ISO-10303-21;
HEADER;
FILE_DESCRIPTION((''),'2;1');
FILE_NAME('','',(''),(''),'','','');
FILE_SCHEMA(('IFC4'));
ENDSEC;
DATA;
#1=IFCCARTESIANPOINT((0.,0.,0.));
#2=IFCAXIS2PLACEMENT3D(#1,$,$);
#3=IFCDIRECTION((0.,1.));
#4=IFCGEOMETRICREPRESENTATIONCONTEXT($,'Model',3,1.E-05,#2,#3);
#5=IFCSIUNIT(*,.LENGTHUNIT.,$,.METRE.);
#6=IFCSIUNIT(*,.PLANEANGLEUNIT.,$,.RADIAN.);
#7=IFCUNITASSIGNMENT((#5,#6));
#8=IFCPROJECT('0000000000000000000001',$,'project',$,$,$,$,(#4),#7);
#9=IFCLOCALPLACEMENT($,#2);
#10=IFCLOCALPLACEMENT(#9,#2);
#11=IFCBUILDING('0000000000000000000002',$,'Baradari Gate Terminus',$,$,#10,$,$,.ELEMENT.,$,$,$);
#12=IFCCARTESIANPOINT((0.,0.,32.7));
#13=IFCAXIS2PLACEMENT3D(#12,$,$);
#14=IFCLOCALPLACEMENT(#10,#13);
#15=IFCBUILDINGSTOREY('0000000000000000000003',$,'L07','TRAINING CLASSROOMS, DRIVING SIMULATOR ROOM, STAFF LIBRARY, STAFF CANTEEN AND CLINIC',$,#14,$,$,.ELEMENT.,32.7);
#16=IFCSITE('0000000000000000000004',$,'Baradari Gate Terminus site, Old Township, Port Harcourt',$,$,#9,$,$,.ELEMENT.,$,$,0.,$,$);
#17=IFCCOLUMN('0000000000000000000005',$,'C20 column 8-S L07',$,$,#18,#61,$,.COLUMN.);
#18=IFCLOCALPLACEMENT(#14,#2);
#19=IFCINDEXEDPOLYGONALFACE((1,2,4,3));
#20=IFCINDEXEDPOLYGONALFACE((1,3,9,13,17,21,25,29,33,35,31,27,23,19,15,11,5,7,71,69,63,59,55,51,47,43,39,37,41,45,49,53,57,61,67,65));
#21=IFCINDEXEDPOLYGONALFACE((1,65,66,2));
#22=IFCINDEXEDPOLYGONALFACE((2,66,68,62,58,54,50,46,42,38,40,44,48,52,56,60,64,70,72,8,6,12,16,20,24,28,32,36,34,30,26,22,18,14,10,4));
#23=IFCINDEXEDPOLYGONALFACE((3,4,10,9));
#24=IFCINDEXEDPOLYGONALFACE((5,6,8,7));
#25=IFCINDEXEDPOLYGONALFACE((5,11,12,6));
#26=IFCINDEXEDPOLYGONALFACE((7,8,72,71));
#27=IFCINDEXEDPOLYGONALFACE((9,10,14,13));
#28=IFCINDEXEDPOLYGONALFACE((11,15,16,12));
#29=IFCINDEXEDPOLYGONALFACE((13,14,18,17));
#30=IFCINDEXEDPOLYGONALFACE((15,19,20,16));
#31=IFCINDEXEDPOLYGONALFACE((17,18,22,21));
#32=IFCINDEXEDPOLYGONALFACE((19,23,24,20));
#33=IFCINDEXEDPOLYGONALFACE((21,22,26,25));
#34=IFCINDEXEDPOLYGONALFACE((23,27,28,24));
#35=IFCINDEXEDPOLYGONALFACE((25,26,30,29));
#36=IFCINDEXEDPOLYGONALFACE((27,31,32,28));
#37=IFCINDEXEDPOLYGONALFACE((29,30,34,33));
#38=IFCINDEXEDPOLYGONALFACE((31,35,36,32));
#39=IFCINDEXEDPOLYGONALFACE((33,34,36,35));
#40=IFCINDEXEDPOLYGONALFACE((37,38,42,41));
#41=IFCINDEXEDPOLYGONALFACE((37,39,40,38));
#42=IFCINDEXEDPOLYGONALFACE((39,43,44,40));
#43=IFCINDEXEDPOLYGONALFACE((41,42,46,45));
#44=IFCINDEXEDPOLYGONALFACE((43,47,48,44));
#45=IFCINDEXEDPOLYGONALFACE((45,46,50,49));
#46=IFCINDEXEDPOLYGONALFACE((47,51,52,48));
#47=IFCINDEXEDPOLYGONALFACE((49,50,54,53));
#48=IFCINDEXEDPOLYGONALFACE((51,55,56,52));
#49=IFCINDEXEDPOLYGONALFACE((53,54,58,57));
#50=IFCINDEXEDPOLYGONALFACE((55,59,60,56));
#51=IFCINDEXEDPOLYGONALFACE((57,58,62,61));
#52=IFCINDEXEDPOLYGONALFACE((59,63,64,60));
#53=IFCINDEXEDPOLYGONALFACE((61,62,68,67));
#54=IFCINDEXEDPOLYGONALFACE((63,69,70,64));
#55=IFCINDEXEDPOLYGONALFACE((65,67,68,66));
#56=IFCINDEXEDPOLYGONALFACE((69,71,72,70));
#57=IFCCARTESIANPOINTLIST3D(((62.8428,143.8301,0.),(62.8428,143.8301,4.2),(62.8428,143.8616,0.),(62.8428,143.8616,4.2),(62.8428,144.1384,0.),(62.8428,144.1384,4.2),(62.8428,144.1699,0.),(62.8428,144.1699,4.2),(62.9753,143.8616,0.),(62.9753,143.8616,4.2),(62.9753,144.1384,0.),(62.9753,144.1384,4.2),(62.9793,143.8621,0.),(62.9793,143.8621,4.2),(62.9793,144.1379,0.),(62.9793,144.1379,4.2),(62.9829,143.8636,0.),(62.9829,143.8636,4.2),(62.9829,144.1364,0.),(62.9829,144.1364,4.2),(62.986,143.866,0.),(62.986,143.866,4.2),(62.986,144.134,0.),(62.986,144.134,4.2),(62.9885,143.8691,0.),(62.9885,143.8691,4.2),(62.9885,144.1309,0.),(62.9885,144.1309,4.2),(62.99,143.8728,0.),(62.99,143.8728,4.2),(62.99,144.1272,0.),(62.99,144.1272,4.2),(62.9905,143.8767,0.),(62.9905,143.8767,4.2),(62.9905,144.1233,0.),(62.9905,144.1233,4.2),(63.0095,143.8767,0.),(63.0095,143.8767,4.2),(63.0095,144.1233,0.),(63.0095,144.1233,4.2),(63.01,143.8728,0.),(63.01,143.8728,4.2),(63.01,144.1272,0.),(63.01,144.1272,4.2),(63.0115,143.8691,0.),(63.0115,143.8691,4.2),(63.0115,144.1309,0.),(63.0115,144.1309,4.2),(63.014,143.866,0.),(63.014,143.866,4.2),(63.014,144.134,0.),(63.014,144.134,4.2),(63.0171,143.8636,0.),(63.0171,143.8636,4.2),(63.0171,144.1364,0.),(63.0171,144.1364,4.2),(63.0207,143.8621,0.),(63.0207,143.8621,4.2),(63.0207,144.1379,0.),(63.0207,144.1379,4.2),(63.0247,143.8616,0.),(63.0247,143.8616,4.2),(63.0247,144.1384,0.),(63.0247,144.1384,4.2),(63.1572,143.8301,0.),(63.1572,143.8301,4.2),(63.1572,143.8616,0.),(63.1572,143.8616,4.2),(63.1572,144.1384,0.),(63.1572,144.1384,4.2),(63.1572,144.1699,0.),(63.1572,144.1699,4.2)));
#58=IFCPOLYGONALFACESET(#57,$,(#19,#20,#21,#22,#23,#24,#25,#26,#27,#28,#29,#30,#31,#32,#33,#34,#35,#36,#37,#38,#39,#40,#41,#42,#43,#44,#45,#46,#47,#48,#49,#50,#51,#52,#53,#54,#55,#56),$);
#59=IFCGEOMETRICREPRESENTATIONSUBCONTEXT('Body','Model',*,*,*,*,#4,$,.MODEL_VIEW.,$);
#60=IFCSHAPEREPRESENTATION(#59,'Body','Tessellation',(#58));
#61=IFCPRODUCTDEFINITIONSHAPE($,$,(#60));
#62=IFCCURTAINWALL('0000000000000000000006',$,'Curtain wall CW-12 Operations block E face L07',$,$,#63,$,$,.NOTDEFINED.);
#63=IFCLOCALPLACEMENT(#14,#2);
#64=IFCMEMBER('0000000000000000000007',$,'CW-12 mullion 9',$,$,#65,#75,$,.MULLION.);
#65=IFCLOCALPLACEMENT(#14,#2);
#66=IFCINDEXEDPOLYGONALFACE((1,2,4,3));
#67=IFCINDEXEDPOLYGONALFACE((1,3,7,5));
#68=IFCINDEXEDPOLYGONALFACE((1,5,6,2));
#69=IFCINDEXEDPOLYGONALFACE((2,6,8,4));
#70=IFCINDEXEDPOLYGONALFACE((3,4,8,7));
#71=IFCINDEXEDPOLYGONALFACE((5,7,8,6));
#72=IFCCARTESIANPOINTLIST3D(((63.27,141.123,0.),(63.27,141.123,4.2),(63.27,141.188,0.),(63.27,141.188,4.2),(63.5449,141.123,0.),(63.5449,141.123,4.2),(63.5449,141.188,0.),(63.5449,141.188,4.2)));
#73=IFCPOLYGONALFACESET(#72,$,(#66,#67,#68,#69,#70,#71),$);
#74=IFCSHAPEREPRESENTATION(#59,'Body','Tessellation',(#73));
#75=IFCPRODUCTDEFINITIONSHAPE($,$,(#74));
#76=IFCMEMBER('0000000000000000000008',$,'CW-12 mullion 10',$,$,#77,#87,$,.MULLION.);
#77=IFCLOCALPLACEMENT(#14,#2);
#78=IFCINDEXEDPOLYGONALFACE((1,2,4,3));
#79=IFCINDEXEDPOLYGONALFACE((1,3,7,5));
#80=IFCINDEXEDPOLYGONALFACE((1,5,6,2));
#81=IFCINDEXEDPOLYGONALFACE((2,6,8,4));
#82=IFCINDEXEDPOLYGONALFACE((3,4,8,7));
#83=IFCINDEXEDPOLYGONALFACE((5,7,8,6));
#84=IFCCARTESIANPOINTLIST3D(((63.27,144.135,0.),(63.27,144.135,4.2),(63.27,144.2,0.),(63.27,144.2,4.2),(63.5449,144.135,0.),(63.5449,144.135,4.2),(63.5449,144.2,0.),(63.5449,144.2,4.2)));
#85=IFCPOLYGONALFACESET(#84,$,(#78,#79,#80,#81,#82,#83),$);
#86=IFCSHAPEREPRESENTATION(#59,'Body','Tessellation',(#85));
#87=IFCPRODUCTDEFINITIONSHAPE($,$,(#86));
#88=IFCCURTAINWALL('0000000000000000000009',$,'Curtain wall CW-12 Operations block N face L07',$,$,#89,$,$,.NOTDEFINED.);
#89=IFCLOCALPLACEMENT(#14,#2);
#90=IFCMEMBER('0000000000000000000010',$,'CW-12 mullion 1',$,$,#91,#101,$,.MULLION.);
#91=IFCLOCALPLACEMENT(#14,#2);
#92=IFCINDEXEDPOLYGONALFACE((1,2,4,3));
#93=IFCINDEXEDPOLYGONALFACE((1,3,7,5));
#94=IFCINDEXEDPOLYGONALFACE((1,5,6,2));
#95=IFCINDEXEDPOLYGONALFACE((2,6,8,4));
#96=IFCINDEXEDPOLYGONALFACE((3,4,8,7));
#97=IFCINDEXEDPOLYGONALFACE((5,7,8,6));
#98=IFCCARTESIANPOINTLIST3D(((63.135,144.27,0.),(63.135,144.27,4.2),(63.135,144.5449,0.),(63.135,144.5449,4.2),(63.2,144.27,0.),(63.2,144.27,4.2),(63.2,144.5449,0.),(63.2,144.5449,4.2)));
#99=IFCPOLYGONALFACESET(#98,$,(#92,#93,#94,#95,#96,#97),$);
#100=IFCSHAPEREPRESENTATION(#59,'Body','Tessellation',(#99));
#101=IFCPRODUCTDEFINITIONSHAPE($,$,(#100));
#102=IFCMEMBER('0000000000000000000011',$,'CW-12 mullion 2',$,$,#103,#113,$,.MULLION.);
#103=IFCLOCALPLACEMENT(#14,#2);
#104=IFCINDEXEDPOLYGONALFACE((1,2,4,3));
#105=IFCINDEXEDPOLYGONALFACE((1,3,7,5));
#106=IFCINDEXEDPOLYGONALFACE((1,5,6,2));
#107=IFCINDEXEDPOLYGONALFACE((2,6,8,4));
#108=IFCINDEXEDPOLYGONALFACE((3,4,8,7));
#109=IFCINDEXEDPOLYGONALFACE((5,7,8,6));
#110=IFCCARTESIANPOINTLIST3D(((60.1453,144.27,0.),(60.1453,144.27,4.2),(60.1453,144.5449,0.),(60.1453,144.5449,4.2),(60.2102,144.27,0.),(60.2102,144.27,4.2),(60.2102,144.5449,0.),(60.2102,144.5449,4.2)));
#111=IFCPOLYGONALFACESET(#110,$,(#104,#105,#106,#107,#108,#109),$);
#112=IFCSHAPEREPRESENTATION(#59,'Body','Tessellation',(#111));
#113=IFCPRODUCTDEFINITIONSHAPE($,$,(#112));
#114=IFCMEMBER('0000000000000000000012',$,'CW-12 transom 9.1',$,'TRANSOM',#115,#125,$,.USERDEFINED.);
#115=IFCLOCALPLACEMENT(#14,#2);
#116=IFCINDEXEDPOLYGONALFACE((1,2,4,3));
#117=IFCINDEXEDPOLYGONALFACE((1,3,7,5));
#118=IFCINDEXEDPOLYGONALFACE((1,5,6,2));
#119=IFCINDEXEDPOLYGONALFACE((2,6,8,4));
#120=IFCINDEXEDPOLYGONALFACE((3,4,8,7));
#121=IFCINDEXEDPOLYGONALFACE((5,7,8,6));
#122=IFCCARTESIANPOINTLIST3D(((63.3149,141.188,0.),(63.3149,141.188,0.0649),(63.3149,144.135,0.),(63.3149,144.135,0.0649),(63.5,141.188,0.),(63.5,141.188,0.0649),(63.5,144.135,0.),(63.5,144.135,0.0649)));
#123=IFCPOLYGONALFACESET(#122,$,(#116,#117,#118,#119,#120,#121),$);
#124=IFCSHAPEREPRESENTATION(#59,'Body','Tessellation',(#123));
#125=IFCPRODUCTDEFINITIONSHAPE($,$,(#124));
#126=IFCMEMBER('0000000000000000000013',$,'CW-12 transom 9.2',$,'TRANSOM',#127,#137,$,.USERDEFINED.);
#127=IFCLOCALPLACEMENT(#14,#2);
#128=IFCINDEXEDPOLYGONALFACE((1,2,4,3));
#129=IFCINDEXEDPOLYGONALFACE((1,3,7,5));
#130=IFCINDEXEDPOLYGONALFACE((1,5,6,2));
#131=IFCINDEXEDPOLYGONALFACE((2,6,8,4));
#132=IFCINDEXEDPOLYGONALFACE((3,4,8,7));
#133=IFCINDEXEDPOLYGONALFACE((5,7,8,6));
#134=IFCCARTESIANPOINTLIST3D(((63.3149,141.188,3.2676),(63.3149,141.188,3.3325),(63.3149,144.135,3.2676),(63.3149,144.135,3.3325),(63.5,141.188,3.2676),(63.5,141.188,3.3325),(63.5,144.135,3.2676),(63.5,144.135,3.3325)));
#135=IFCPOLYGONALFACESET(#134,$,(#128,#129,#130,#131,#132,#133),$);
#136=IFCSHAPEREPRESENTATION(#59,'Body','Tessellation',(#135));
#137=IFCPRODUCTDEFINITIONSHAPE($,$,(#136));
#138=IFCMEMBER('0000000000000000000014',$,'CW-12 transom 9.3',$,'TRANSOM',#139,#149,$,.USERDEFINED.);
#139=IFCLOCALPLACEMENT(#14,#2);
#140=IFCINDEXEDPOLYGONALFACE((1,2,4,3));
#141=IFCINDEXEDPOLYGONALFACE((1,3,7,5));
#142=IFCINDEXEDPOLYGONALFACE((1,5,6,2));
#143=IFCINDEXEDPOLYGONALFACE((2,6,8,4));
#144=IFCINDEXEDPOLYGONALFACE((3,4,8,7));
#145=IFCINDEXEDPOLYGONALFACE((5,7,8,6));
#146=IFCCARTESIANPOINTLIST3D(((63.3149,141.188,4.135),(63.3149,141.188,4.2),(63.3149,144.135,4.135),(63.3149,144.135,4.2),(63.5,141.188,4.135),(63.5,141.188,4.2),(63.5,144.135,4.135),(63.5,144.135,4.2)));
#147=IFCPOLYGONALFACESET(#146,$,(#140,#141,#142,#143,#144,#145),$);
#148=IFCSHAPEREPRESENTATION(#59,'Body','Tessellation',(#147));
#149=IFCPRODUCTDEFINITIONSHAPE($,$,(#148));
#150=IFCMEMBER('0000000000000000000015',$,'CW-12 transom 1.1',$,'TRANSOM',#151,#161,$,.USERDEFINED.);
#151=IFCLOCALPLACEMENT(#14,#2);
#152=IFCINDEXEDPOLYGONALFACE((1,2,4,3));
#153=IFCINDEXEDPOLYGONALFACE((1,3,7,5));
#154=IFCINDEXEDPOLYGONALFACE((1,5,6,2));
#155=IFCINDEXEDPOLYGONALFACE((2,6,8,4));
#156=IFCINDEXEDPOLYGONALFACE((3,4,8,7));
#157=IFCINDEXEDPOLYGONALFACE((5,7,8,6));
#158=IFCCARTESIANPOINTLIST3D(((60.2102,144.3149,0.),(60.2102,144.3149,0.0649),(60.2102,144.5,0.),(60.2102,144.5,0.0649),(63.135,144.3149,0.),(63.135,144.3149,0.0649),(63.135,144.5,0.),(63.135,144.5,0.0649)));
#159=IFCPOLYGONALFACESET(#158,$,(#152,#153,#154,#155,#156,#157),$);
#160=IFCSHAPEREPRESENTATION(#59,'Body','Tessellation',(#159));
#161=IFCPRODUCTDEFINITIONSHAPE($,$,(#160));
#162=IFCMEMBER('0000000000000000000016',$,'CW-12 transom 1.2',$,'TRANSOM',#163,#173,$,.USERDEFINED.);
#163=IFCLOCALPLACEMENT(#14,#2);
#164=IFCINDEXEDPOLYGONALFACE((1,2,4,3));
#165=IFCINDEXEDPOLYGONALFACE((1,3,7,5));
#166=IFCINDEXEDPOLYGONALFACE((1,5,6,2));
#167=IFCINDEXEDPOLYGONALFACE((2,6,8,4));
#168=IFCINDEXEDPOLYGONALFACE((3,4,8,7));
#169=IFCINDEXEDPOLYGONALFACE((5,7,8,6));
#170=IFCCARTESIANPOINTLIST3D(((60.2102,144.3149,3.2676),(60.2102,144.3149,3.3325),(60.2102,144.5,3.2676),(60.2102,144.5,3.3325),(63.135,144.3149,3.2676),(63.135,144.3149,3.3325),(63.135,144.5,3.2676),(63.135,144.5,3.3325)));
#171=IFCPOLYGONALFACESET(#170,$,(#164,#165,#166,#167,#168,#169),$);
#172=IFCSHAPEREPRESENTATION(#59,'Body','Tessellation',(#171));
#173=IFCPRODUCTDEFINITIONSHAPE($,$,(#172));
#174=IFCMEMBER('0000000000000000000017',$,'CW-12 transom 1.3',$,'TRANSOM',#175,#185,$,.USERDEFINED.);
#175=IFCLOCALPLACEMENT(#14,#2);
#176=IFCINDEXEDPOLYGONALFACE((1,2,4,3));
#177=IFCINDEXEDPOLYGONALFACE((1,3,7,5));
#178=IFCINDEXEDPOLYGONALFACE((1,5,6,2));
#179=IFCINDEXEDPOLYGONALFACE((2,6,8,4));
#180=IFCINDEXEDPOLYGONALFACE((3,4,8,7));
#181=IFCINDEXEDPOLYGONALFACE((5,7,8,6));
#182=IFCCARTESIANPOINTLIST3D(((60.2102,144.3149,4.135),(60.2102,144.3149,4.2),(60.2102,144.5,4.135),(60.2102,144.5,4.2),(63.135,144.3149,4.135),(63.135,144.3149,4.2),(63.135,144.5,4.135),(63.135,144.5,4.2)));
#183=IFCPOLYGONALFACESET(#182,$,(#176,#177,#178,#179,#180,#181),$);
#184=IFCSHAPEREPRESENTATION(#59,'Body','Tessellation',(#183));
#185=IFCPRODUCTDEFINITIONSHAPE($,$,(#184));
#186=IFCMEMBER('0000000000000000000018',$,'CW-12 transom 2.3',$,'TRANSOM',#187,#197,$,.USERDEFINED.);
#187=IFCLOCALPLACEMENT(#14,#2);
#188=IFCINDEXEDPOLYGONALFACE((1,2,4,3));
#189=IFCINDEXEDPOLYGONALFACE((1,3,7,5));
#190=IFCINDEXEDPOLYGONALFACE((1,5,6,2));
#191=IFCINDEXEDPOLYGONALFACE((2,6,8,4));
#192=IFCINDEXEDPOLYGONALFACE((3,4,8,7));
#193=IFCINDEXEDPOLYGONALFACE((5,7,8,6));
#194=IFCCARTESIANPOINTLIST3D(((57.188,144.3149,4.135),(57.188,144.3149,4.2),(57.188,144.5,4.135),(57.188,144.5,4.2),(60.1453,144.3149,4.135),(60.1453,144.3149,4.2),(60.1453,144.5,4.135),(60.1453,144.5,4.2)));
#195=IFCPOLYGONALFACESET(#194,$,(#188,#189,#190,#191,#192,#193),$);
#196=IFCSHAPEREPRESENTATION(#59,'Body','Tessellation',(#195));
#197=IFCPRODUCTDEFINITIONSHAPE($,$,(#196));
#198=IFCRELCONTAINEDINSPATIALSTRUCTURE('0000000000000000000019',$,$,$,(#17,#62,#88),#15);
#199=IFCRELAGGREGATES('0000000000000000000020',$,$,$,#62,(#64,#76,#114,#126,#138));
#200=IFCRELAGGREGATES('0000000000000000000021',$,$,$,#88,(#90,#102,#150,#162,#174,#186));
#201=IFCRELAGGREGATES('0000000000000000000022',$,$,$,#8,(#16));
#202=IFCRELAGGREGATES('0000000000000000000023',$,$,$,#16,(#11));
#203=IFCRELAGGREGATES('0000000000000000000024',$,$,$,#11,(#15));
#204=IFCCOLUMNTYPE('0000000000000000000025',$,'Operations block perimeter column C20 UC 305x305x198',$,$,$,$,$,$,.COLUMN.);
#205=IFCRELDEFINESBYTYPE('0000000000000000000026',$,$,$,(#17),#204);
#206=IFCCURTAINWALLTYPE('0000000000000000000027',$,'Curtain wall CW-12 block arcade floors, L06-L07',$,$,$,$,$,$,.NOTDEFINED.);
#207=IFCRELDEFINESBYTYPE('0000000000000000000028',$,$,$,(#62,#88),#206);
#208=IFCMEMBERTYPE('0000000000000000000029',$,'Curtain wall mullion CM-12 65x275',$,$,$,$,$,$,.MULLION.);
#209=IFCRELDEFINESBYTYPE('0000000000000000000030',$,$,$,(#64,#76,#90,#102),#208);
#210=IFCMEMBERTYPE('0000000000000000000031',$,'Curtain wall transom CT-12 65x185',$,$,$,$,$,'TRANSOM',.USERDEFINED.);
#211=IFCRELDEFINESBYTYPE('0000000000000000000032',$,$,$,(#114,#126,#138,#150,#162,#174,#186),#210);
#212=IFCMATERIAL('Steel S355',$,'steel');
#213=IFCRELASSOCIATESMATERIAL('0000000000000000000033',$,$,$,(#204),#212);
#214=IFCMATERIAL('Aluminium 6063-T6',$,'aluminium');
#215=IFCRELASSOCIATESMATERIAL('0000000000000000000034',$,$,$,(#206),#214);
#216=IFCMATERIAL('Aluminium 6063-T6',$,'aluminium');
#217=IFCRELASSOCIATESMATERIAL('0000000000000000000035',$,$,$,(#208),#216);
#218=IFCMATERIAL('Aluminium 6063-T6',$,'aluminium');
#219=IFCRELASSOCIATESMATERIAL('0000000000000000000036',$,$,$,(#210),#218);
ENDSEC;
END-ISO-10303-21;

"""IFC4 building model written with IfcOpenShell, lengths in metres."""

from ifc_helpers import new_model, si_unit, direction, frame, origin, origin_2d, place, context, subcontext, project, spatial, rectangle, i_section, extrude, material, material_profile, profile_set, type_object, element, aggregate, save


model = new_model("IFC4")

# Units and contexts
model_context = context("Model", 3, precision=1e-05, world=origin(), true_north=direction((0.0, 1.0)))
body_context = subcontext(model_context, "Body", "Model", "MODEL_VIEW")
ifc_project = project(units=[si_unit("LENGTHUNIT", "METRE"), si_unit("PLANEANGLEUNIT", "RADIAN")], contexts=[model_context])

# Site, building, storey
site_placement = place(None, origin())
site = spatial("IfcSite", under=ifc_project, at=site_placement, Name="Baradari Gate Terminus site, Old Township, Port Harcourt", CompositionType="ELEMENT", RefElevation=0.0)
building_placement = place(site_placement, origin())
building = spatial("IfcBuilding", under=site, at=building_placement, Name="Baradari Gate Terminus", CompositionType="ELEMENT")
storey_placement = place(building_placement, frame((0.0, 0.0, 32.7)))
storey = spatial("IfcBuildingStorey", under=building, at=storey_placement, Name="L07", Description="TRAINING CLASSROOMS, DRIVING SIMULATOR ROOM, STAFF LIBRARY, STAFF CANTEEN AND CLINIC", CompositionType="ELEMENT", Elevation=32.7)

# Column
ifc_material_1 = material(Name="Steel S355", Category="steel")
ifc_material_profile_1 = material_profile(ifc_material_1, i_section(OverallWidth=0.3145, OverallDepth=0.3398, WebThickness=0.019, FlangeThickness=0.0315, FilletRadius=0.0151, at=origin_2d()), Name="UC 305x305x198")
ifc_profile_set_1 = profile_set([ifc_material_profile_1], Name="Steel S355")
column_type = type_object("IfcColumnType", Name="Operations block perimeter column C20 UC 305x305x198", PredefinedType="COLUMN", material=ifc_profile_set_1)
column_placement = place(storey_placement, frame((63.0, 144.0, 0.0), z_axis=(0.0, 0.0, 1.0), x_axis=(1.0, 0.0, 0.0)))
element("IfcColumn", 1, at=column_placement, inside=storey, type_object=column_type, Name="C20 column 8-S L07", PredefinedType="COLUMN", context=body_context, shape_type="SweptSolid", body=[
    extrude(i_section(OverallWidth=0.3145, OverallDepth=0.3398, WebThickness=0.019, FlangeThickness=0.0315, FilletRadius=0.0151, at=origin_2d()), origin(), (0.0, 0.0, 1.0), 4.2),
])

# Curtain walls, members
ifc_material_2 = material(Name="Aluminium 6063-T6", Category="aluminium")
curtain_wall_type = type_object("IfcCurtainWallType", Name="Curtain wall CW-12 block arcade floors, L06-L07", PredefinedType="NOTDEFINED", material=ifc_material_2)
curtain_wall_1_placement = place(storey_placement, origin())
curtain_wall_1 = element("IfcCurtainWall", 2, at=curtain_wall_1_placement, inside=storey, type_object=curtain_wall_type, Name="Curtain wall CW-12 Operations block E face L07", PredefinedType="NOTDEFINED")
ifc_material_3 = material(Name="Aluminium 6063-T6", Category="aluminium")
ifc_material_profile_2 = material_profile(ifc_material_3, rectangle(XDim=0.2749, YDim=0.0649, at=origin_2d()), Name="CM-12 65X275")
ifc_profile_set_2 = profile_set([ifc_material_profile_2], Name="Aluminium 6063-T6")
member_type_1 = type_object("IfcMemberType", Name="Curtain wall mullion CM-12 65x275", PredefinedType="MULLION", material=ifc_profile_set_2)
member_1_placement = place(storey_placement, frame((63.4075, 141.1555, 0.0), z_axis=(0.0, 0.0, 1.0), x_axis=(-1.0, 0.0, 0.0)))
member_1 = element("IfcMember", 3, at=member_1_placement, type_object=member_type_1, Name="CW-12 mullion 9", PredefinedType="MULLION", context=body_context, shape_type="SweptSolid", body=[
    extrude(rectangle(XDim=0.2749, YDim=0.0649, at=origin_2d()), origin(), (0.0, 0.0, 1.0), 4.2),
])
member_2_placement = place(storey_placement, frame((63.4075, 144.1675, 0.0), z_axis=(0.0, 0.0, 1.0), x_axis=(-1.0, 0.0, 0.0)))
member_2 = element("IfcMember", 4, at=member_2_placement, type_object=member_type_1, Name="CW-12 mullion 10", PredefinedType="MULLION", context=body_context, shape_type="SweptSolid", body=[
    extrude(rectangle(XDim=0.2749, YDim=0.0649, at=origin_2d()), origin(), (0.0, 0.0, 1.0), 4.2),
])
curtain_wall_2_placement = place(storey_placement, origin())
curtain_wall_2 = element("IfcCurtainWall", 5, at=curtain_wall_2_placement, inside=storey, type_object=curtain_wall_type, Name="Curtain wall CW-12 Operations block N face L07", PredefinedType="NOTDEFINED")
member_3_placement = place(storey_placement, frame((63.1675, 144.4075, 0.0), z_axis=(0.0, 0.0, 1.0), x_axis=(0.0, -1.0, 0.0)))
member_3 = element("IfcMember", 6, at=member_3_placement, type_object=member_type_1, Name="CW-12 mullion 1", PredefinedType="MULLION", context=body_context, shape_type="SweptSolid", body=[
    extrude(rectangle(XDim=0.2749, YDim=0.0649, at=origin_2d()), origin(), (0.0, 0.0, 1.0), 4.2),
])
member_4_placement = place(storey_placement, frame((60.1777, 144.4075, 0.0), z_axis=(0.0, 0.0, 1.0), x_axis=(0.0, -1.0, 0.0)))
member_4 = element("IfcMember", 7, at=member_4_placement, type_object=member_type_1, Name="CW-12 mullion 2", PredefinedType="MULLION", context=body_context, shape_type="SweptSolid", body=[
    extrude(rectangle(XDim=0.2749, YDim=0.0649, at=origin_2d()), origin(), (0.0, 0.0, 1.0), 4.2),
])

# Members
ifc_material_4 = material(Name="Aluminium 6063-T6", Category="aluminium")
ifc_material_profile_3 = material_profile(ifc_material_4, rectangle(XDim=0.1851, YDim=0.0649, at=origin_2d()), Name="CT-12 65X185")
ifc_profile_set_3 = profile_set([ifc_material_profile_3], Name="Aluminium 6063-T6")
member_type_2 = type_object("IfcMemberType", Name="Curtain wall transom CT-12 65x185", ElementType="TRANSOM", PredefinedType="USERDEFINED", material=ifc_profile_set_3)
member_5_placement = place(storey_placement, frame((63.4075, 141.188, 0.0325), z_axis=(0.0, 1.0, 0.0), x_axis=(-1.0, 0.0, 0.0)))
member_5 = element("IfcMember", 8, at=member_5_placement, type_object=member_type_2, Name="CW-12 transom 9.1", ObjectType="TRANSOM", PredefinedType="USERDEFINED", context=body_context, shape_type="SweptSolid", body=[
    extrude(rectangle(XDim=0.1851, YDim=0.0649, at=origin_2d()), origin(), (0.0, 0.0, 1.0), 2.947),
])
member_6_placement = place(storey_placement, frame((63.4075, 141.188, 3.3), z_axis=(0.0, 1.0, 0.0), x_axis=(-1.0, 0.0, 0.0)))
member_6 = element("IfcMember", 9, at=member_6_placement, type_object=member_type_2, Name="CW-12 transom 9.2", ObjectType="TRANSOM", PredefinedType="USERDEFINED", context=body_context, shape_type="SweptSolid", body=[
    extrude(rectangle(XDim=0.1851, YDim=0.0649, at=origin_2d()), origin(), (0.0, 0.0, 1.0), 2.947),
])
member_7_placement = place(storey_placement, frame((63.4075, 141.188, 4.1675), z_axis=(0.0, 1.0, 0.0), x_axis=(-1.0, 0.0, 0.0)))
member_7 = element("IfcMember", 10, at=member_7_placement, type_object=member_type_2, Name="CW-12 transom 9.3", ObjectType="TRANSOM", PredefinedType="USERDEFINED", context=body_context, shape_type="SweptSolid", body=[
    extrude(rectangle(XDim=0.1851, YDim=0.0649, at=origin_2d()), origin(), (0.0, 0.0, 1.0), 2.947),
])
member_8_placement = place(storey_placement, frame((63.135, 144.4075, 0.0325), z_axis=(-1.0, 0.0, 0.0), x_axis=(0.0, -1.0, 0.0)))
member_8 = element("IfcMember", 11, at=member_8_placement, type_object=member_type_2, Name="CW-12 transom 1.1", ObjectType="TRANSOM", PredefinedType="USERDEFINED", context=body_context, shape_type="SweptSolid", body=[
    extrude(rectangle(XDim=0.1851, YDim=0.0649, at=origin_2d()), origin(), (0.0, 0.0, 1.0), 2.9248),
])
member_9_placement = place(storey_placement, frame((63.135, 144.4075, 3.3), z_axis=(-1.0, 0.0, 0.0), x_axis=(0.0, -1.0, 0.0)))
member_9 = element("IfcMember", 12, at=member_9_placement, type_object=member_type_2, Name="CW-12 transom 1.2", ObjectType="TRANSOM", PredefinedType="USERDEFINED", context=body_context, shape_type="SweptSolid", body=[
    extrude(rectangle(XDim=0.1851, YDim=0.0649, at=origin_2d()), origin(), (0.0, 0.0, 1.0), 2.9248),
])
member_10_placement = place(storey_placement, frame((63.135, 144.4075, 4.1675), z_axis=(-1.0, 0.0, 0.0), x_axis=(0.0, -1.0, 0.0)))
member_10 = element("IfcMember", 13, at=member_10_placement, type_object=member_type_2, Name="CW-12 transom 1.3", ObjectType="TRANSOM", PredefinedType="USERDEFINED", context=body_context, shape_type="SweptSolid", body=[
    extrude(rectangle(XDim=0.1851, YDim=0.0649, at=origin_2d()), origin(), (0.0, 0.0, 1.0), 2.9248),
])
member_11_placement = place(storey_placement, frame((60.1453, 144.4075, 4.1675), z_axis=(-1.0, 0.0, 0.0), x_axis=(0.0, -1.0, 0.0)))
member_11 = element("IfcMember", 14, at=member_11_placement, type_object=member_type_2, Name="CW-12 transom 2.3", ObjectType="TRANSOM", PredefinedType="USERDEFINED", context=body_context, shape_type="SweptSolid", body=[
    extrude(rectangle(XDim=0.1851, YDim=0.0649, at=origin_2d()), origin(), (0.0, 0.0, 1.0), 2.9573),
])

aggregate(curtain_wall_1, [member_1, member_2, member_5, member_6, member_7])
aggregate(curtain_wall_2, [member_3, member_4, member_8, member_9, member_10, member_11])

save(model, "model.ifc")
